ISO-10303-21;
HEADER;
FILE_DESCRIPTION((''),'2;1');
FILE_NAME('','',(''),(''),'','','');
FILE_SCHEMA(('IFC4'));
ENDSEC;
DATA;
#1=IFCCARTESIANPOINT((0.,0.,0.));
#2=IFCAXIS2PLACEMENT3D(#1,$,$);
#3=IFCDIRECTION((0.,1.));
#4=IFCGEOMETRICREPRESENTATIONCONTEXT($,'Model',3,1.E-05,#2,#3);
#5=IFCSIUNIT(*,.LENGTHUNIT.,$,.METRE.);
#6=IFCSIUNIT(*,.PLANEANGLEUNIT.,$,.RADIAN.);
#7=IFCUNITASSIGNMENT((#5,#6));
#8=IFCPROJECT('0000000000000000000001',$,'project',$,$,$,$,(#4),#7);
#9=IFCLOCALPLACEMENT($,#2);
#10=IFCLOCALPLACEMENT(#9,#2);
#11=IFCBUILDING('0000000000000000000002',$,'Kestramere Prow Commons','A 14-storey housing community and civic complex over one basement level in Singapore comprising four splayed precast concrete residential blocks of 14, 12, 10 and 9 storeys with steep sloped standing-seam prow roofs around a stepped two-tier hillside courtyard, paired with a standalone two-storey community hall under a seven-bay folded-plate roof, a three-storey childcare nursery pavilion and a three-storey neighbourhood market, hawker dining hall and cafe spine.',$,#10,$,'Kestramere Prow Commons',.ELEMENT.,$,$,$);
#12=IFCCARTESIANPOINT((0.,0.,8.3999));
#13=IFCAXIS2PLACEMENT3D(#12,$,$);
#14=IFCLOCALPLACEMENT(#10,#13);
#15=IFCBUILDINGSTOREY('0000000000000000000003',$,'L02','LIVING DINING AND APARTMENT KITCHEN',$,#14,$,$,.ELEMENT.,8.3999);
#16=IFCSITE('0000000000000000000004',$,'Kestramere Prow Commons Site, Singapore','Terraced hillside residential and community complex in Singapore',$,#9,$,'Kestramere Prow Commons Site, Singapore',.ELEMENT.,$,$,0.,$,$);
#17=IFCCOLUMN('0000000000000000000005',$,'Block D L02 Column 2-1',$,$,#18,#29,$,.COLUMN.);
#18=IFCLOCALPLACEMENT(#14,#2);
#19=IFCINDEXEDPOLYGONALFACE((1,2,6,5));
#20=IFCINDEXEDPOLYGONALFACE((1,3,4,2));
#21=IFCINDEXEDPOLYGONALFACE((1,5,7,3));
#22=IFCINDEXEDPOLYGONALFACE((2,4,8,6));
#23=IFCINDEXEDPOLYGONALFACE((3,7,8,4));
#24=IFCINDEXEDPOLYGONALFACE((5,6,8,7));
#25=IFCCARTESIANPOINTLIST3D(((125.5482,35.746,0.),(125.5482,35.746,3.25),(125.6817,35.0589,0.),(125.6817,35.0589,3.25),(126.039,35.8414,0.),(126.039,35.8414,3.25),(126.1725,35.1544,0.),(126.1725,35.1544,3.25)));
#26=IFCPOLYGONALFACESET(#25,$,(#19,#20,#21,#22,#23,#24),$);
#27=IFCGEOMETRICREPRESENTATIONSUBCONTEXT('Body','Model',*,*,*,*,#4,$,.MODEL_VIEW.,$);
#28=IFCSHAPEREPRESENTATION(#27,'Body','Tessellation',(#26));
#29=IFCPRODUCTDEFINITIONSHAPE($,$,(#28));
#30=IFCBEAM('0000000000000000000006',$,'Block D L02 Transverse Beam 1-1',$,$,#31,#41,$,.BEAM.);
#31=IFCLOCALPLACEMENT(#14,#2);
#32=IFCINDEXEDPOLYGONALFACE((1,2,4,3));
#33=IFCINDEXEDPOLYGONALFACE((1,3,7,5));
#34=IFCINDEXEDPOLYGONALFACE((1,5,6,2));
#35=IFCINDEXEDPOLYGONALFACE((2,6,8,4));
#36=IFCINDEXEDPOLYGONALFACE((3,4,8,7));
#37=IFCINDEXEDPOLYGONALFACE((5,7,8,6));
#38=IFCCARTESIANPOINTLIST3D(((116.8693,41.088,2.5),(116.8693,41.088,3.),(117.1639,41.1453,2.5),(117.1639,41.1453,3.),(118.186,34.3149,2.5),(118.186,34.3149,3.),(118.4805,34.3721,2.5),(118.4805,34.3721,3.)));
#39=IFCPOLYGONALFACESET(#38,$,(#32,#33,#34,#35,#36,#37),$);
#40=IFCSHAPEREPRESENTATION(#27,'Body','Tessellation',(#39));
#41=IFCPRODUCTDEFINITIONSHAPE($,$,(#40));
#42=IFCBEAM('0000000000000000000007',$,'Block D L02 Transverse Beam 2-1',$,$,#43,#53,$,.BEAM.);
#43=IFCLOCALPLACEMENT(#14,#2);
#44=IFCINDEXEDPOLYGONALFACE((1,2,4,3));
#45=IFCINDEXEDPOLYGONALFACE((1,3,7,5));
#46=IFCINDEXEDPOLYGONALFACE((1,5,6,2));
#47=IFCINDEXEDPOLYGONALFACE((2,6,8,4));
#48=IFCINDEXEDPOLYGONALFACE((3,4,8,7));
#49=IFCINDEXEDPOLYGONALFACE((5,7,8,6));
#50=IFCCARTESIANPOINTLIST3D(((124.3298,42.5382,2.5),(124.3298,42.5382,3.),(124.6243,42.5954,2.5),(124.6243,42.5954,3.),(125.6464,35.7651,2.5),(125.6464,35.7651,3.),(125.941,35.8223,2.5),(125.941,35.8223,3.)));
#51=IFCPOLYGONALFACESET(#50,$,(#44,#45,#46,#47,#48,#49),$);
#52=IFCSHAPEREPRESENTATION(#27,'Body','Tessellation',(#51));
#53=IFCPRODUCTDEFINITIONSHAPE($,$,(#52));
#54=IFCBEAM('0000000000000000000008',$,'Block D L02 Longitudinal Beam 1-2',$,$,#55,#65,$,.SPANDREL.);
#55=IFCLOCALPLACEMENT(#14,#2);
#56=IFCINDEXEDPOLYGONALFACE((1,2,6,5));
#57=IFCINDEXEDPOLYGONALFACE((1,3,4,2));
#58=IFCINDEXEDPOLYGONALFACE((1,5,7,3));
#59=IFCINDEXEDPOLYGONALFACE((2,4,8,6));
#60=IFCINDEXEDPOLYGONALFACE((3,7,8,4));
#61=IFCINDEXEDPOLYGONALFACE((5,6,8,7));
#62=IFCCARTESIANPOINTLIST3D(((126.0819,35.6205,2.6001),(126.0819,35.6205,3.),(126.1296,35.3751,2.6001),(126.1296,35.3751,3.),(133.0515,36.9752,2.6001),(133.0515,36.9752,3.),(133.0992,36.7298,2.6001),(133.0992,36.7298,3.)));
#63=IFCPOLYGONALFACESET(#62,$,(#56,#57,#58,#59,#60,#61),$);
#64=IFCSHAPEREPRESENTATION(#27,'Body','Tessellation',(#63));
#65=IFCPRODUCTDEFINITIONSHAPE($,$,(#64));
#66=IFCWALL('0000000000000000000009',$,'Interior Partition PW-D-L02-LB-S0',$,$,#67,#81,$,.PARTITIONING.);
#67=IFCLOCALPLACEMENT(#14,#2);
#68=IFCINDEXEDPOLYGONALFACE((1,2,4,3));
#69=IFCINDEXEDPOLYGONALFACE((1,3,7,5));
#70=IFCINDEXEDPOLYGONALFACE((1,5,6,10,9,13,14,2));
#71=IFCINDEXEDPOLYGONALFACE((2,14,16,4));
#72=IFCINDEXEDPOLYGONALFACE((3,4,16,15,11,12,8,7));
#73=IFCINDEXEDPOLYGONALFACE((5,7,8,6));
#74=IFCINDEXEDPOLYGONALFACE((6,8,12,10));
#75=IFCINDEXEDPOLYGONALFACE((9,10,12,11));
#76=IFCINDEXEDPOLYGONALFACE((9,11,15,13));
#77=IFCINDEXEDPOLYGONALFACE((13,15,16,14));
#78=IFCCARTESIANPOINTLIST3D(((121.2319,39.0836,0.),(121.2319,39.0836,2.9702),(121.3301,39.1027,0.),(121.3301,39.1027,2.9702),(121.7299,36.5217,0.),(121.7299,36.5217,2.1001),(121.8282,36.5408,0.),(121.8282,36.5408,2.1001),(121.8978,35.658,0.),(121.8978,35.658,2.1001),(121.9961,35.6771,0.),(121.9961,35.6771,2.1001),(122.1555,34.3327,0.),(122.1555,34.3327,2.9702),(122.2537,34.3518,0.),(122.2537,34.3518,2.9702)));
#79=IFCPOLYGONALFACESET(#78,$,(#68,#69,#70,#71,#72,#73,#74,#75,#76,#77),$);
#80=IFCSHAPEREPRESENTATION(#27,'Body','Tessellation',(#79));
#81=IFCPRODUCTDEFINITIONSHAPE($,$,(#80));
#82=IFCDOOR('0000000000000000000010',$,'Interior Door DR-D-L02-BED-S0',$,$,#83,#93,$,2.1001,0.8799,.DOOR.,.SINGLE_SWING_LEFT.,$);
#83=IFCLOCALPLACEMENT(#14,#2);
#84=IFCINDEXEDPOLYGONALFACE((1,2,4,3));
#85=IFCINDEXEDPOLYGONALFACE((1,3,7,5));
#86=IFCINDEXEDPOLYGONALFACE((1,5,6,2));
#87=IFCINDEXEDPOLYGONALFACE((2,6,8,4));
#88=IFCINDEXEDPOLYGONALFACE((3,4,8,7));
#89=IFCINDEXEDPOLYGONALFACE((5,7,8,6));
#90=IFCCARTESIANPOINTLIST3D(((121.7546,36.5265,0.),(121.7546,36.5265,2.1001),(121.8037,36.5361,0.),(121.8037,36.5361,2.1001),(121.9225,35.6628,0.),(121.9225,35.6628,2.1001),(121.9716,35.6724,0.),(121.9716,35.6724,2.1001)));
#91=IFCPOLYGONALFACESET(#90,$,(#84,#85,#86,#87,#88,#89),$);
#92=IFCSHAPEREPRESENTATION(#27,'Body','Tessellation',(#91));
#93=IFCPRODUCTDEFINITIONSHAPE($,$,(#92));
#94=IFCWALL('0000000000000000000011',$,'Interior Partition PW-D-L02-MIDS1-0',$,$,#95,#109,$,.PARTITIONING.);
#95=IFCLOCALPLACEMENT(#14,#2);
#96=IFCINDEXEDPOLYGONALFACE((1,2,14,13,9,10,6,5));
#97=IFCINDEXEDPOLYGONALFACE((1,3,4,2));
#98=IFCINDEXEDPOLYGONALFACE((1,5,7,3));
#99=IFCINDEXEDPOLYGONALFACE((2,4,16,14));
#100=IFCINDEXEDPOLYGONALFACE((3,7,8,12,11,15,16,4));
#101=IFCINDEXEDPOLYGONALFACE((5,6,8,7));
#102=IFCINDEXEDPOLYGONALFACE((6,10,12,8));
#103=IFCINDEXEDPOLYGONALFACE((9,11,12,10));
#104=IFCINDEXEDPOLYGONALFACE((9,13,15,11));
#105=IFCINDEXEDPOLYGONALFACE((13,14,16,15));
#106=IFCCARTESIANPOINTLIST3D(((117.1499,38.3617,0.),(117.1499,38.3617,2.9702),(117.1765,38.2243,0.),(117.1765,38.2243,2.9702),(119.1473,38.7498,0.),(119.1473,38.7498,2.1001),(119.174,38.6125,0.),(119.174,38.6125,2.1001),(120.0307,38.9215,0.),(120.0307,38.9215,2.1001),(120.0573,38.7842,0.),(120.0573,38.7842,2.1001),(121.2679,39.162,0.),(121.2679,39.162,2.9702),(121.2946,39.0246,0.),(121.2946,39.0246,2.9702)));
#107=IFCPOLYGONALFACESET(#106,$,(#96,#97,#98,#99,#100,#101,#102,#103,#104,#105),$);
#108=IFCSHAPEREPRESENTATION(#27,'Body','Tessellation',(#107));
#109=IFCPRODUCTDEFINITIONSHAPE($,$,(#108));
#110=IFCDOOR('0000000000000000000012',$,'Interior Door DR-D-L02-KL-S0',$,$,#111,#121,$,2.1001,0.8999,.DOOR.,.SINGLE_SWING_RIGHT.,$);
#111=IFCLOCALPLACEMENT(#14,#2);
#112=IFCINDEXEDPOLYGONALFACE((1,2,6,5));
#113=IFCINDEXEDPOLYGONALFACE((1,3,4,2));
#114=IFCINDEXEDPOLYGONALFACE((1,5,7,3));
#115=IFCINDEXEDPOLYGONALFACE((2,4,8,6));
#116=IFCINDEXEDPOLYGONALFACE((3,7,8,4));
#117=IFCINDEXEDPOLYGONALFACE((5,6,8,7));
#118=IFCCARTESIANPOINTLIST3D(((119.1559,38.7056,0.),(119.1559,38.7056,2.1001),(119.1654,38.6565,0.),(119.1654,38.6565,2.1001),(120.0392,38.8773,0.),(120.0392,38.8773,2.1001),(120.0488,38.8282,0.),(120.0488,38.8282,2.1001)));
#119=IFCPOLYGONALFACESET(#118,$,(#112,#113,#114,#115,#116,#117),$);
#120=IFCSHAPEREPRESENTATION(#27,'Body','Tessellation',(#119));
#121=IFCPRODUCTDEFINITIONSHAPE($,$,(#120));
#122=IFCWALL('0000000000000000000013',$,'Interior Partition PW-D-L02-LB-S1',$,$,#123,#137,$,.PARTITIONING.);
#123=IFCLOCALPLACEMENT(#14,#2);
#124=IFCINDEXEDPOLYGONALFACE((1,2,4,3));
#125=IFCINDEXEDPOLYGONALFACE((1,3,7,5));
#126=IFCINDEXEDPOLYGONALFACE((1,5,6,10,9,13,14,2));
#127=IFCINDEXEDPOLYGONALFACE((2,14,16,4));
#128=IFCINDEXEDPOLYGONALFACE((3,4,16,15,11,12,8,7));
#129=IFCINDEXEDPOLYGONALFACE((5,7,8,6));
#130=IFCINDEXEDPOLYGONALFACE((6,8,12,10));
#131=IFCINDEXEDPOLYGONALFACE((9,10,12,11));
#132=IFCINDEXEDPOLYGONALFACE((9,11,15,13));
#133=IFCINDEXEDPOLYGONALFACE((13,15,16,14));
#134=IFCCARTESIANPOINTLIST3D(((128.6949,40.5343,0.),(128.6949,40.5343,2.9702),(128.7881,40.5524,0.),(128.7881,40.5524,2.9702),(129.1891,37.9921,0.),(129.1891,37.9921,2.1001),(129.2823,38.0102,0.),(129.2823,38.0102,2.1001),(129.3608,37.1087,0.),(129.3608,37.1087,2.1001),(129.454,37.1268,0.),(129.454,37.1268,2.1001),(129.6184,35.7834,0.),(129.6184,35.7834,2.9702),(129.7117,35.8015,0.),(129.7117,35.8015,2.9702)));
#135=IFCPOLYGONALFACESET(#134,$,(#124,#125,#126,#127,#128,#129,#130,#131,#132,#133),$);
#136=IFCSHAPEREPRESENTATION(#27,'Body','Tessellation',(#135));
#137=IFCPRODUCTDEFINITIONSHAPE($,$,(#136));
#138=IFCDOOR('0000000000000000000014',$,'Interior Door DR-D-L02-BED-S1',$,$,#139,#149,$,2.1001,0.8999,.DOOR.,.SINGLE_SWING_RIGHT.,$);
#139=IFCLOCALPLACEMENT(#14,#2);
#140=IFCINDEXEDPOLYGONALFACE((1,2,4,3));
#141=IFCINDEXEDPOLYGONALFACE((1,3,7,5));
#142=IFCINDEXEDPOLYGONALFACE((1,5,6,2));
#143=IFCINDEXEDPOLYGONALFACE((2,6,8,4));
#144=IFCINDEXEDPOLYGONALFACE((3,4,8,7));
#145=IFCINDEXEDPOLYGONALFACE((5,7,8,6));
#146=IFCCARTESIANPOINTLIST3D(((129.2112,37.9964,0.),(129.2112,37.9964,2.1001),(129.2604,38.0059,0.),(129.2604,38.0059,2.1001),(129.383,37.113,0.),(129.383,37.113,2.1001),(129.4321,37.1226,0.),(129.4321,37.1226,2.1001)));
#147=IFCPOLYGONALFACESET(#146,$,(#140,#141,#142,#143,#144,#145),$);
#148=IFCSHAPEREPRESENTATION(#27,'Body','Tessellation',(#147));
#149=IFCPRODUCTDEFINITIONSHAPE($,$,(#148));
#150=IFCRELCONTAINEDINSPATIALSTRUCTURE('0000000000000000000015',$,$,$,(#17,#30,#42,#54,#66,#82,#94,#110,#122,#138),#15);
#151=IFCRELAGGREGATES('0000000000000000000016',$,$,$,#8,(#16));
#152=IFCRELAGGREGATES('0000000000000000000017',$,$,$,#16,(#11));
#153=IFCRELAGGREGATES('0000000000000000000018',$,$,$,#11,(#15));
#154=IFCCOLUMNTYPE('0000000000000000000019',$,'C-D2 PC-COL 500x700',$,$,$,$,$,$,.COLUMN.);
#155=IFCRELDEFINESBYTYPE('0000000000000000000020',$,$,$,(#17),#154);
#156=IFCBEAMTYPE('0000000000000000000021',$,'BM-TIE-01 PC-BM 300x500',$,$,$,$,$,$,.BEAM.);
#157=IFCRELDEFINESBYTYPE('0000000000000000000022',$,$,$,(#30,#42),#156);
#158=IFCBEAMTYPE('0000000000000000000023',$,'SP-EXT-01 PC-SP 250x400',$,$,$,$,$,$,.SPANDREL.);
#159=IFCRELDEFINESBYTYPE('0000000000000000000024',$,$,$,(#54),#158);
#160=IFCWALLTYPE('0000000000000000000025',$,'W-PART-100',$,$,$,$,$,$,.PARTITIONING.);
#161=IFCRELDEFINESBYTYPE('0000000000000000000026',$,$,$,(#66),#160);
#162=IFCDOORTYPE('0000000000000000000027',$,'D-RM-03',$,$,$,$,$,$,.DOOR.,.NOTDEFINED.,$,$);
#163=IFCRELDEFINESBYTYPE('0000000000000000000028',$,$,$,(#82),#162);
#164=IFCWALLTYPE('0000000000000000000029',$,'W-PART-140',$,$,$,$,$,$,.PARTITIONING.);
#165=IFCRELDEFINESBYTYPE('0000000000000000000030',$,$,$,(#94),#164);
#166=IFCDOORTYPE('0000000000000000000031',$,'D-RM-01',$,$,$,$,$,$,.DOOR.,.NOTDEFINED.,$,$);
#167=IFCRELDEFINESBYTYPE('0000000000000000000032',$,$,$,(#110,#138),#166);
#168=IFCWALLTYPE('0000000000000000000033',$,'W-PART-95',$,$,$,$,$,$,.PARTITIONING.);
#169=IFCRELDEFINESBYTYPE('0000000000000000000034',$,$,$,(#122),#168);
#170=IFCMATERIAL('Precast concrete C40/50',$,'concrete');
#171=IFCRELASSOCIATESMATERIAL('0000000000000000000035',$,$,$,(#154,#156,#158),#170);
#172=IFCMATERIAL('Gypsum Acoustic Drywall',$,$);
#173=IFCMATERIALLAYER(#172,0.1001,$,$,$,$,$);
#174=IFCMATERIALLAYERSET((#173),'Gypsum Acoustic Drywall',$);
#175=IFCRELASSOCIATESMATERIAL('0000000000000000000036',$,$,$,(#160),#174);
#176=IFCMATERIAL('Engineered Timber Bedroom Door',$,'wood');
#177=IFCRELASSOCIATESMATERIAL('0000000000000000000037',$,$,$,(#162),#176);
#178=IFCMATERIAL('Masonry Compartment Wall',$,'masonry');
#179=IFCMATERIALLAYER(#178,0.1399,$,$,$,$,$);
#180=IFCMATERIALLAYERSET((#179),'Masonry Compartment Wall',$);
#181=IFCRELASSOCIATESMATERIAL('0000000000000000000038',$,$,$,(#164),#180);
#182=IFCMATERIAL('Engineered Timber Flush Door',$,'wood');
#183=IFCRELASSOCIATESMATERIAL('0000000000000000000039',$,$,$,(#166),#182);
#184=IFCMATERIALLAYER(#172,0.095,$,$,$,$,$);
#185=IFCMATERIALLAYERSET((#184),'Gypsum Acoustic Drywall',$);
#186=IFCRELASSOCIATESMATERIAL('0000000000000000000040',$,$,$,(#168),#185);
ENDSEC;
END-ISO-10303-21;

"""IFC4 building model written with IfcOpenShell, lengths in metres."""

from ifc_helpers import new_model, si_unit, direction, frame, frame_2d, origin, origin_2d, place, context, subcontext, project, spatial, rectangle, extrude, material, layer, layer_set, material_profile, profile_set, type_object, element, fill, save


model = new_model("IFC4")

# Units and contexts
model_context = context("Model", 3, precision=1e-05, world=origin(), true_north=direction((0.0, 1.0)))
body_context = subcontext(model_context, "Body", "Model", "MODEL_VIEW")
ifc_project = project(units=[si_unit("LENGTHUNIT", "METRE"), si_unit("PLANEANGLEUNIT", "RADIAN")], contexts=[model_context])

# Site, building, storey
site_placement = place(None, origin())
site = spatial("IfcSite", under=ifc_project, at=site_placement, Name="Kestramere Prow Commons Site, Singapore", Description="Terraced hillside residential and community complex in Singapore", LongName="Kestramere Prow Commons Site, Singapore", CompositionType="ELEMENT", RefElevation=0.0)
building_placement = place(site_placement, origin())
building = spatial("IfcBuilding", under=site, at=building_placement, Name="Kestramere Prow Commons", Description="A 14-storey housing community and civic complex over one basement level in Singapore comprising four splayed precast concrete residential blocks of 14, 12, 10 and 9 storeys with steep sloped standing-seam prow roofs around a stepped two-tier hillside courtyard, paired with a standalone two-storey community hall under a seven-bay folded-plate roof, a three-storey childcare nursery pavilion and a three-storey neighbourhood market, hawker dining hall and cafe spine.", LongName="Kestramere Prow Commons", CompositionType="ELEMENT")
storey_placement = place(building_placement, frame((0.0, 0.0, 8.3999)))
storey = spatial("IfcBuildingStorey", under=building, at=storey_placement, Name="L02", Description="LIVING DINING AND APARTMENT KITCHEN", CompositionType="ELEMENT", Elevation=8.3999)

# Column
ifc_material_1 = material(Name="Precast concrete C40/50", Category="concrete")
ifc_material_profile_1 = material_profile(ifc_material_1, rectangle(XDim=0.5, YDim=0.7, at=origin_2d()), Name="PC-COL 500x700")
ifc_profile_set_1 = profile_set([ifc_material_profile_1], Name="Precast concrete C40/50")
column_type = type_object("IfcColumnType", Name="C-D2 PC-COL 500x700", PredefinedType="COLUMN", material=ifc_profile_set_1)
column_placement = place(storey_placement, frame((125.8604, 35.4502, 0.0), z_axis=(0.0, 0.0, 1.0), x_axis=(0.981627, 0.190809, 0.0)))
element("IfcColumn", 1, at=column_placement, inside=storey, type_object=column_type, Name="Block D L02 Column 2-1", PredefinedType="COLUMN", context=body_context, shape_type="SweptSolid", body=[
    extrude(rectangle(XDim=0.5, YDim=0.7, at=origin_2d()), origin(), (0.0, 0.0, 1.0), 3.25),
])

# Beams
ifc_material_profile_2 = material_profile(ifc_material_1, rectangle(XDim=0.3, YDim=0.5, at=origin_2d()), Name="PC-BM 300x500")
ifc_profile_set_2 = profile_set([ifc_material_profile_2], Name="Precast concrete C40/50")
beam_type_1 = type_object("IfcBeamType", Name="BM-TIE-01 PC-BM 300x500", PredefinedType="BEAM", material=ifc_profile_set_2)
for number, where, z_axis, x_axis, name in (
    (2, (118.3333, 34.3435, 2.75), (-0.190819, 0.981625, 0.0), (-0.981625, -0.190819, 0.0), "Block D L02 Transverse Beam 1-1"),
    (3, (125.7937, 35.7937, 2.75), (-0.190819, 0.981625, 0.0), (-0.981625, -0.190819, 0.0), "Block D L02 Transverse Beam 2-1"),
):
    element("IfcBeam", number, at=place(storey_placement, frame(where, z_axis=z_axis, x_axis=x_axis)), inside=storey, type_object=beam_type_1, Name=name, PredefinedType="BEAM", context=body_context, shape_type="SweptSolid", body=[
        extrude(rectangle(XDim=0.3, YDim=0.5, at=origin_2d()), origin(), (0.0, 0.0, 1.0), 6.8999),
    ])
ifc_material_profile_3 = material_profile(ifc_material_1, rectangle(XDim=0.25, YDim=0.3999, at=origin_2d()), Name="PC-SP 250x400")
ifc_profile_set_3 = profile_set([ifc_material_profile_3], Name="Precast concrete C40/50")
beam_type_2 = type_object("IfcBeamType", Name="SP-EXT-01 PC-SP 250x400", PredefinedType="SPANDREL", material=ifc_profile_set_3)
beam_placement = place(storey_placement, frame((126.1057, 35.4978, 2.8), z_axis=(0.981628, 0.190803, 0.0), x_axis=(-0.190803, 0.981628, 0.0)))
element("IfcBeam", 4, at=beam_placement, inside=storey, type_object=beam_type_2, Name="Block D L02 Longitudinal Beam 1-2", PredefinedType="SPANDREL", context=body_context, shape_type="SweptSolid", body=[
    extrude(rectangle(XDim=0.25, YDim=0.3999, at=origin_2d()), origin(), (0.0, 0.0, 1.0), 7.1001),
])

# Walls, openings, doors
ifc_material_2 = material(Name="Gypsum Acoustic Drywall")
ifc_layer_1 = layer(ifc_material_2, 0.1001)
ifc_layer_set_1 = layer_set([ifc_layer_1], Name="Gypsum Acoustic Drywall")
wall_type_1 = type_object("IfcWallType", Name="W-PART-100", PredefinedType="PARTITIONING", material=ifc_layer_set_1)
wall_1_placement = place(storey_placement, frame((122.2046, 34.3423, 0.0), z_axis=(0.0, 0.0, 1.0), x_axis=(-0.190826, 0.981624, 0.0)))
wall_1 = element("IfcWall", 5, at=wall_1_placement, inside=storey, type_object=wall_type_1, Name="Interior Partition PW-D-L02-LB-S0", PredefinedType="PARTITIONING", context=body_context, shape_type="SweptSolid", body=[
    extrude(rectangle(XDim=4.8398, YDim=0.1001, at=frame_2d((2.4199, 0.0))), origin(), (0.0, 0.0, 1.0), 2.9702),
])
opening_1_placement = place(wall_1_placement, frame((1.3501, 0.0, 0.0)))
opening_1 = element("IfcOpeningElement", 6, at=opening_1_placement, cuts=wall_1, PredefinedType="OPENING", context=body_context, shape_type="SweptSolid", body=[
    extrude(rectangle(XDim=0.8799, YDim=2.1001, at=frame_2d((0.4399, 1.05))), frame((0.0, 0.0649, 0.0), z_axis=(0.0, -1.0, 0.0), x_axis=(1.0, 0.0, 0.0)), (0.0, 0.0, 1.0), 0.1301),
])
ifc_material_3 = material(Name="Engineered Timber Bedroom Door", Category="wood")
door_type_1 = type_object("IfcDoorType", Name="D-RM-03", OperationType="NOTDEFINED", PredefinedType="DOOR", material=ifc_material_3)
door_1_placement = place(opening_1_placement, origin())
door_1 = element("IfcDoor", 7, at=door_1_placement, inside=storey, type_object=door_type_1, Name="Interior Door DR-D-L02-BED-S0", OperationType="SINGLE_SWING_LEFT", OverallHeight=2.1001, OverallWidth=0.8799, PredefinedType="DOOR", context=body_context, shape_type="SweptSolid", body=[
    extrude(rectangle(XDim=0.8799, YDim=2.1001, at=frame_2d((0.4399, 1.05))), frame((0.0, 0.0249, 0.0), z_axis=(0.0, -1.0, 0.0), x_axis=(1.0, 0.0, 0.0)), (0.0, 0.0, 1.0), 0.05),
])
fill(opening_1, door_1)
ifc_material_4 = material(Name="Masonry Compartment Wall", Category="masonry")
ifc_layer_2 = layer(ifc_material_4, 0.1399)
ifc_layer_set_2 = layer_set([ifc_layer_2], Name="Masonry Compartment Wall")
wall_type_2 = type_object("IfcWallType", Name="W-PART-140", PredefinedType="PARTITIONING", material=ifc_layer_set_2)
wall_2_placement = place(storey_placement, frame((117.1631, 38.293, 0.0), z_axis=(0.0, 0.0, 1.0), x_axis=(0.981634, 0.190775, 0.0)))
wall_2 = element("IfcWall", 8, at=wall_2_placement, inside=storey, type_object=wall_type_2, Name="Interior Partition PW-D-L02-MIDS1-0", PredefinedType="PARTITIONING", context=body_context, shape_type="SweptSolid", body=[
    extrude(rectangle(XDim=4.1951, YDim=0.1399, at=frame_2d((2.0977, 0.0))), origin(), (0.0, 0.0, 1.0), 2.9702),
])
opening_2_placement = place(wall_2_placement, frame((2.0349, 0.0, 0.0)))
opening_2 = element("IfcOpeningElement", 9, at=opening_2_placement, cuts=wall_2, PredefinedType="OPENING", context=body_context, shape_type="SweptSolid", body=[
    extrude(rectangle(XDim=0.8999, YDim=2.1001, at=frame_2d((0.45, 1.05))), frame((0.0, 0.085, 0.0), z_axis=(0.0, -1.0, 0.0), x_axis=(1.0, 0.0, 0.0)), (0.0, 0.0, 1.0), 0.1699),
])
ifc_material_5 = material(Name="Engineered Timber Flush Door", Category="wood")
door_type_2 = type_object("IfcDoorType", Name="D-RM-01", OperationType="NOTDEFINED", PredefinedType="DOOR", material=ifc_material_5)
door_2_placement = place(opening_2_placement, origin())
door_2 = element("IfcDoor", 10, at=door_2_placement, inside=storey, type_object=door_type_2, Name="Interior Door DR-D-L02-KL-S0", OperationType="SINGLE_SWING_RIGHT", OverallHeight=2.1001, OverallWidth=0.8999, PredefinedType="DOOR", context=body_context, shape_type="SweptSolid", body=[
    extrude(rectangle(XDim=0.8999, YDim=2.1001, at=frame_2d((0.45, 1.05))), frame((0.0, 0.0249, 0.0), z_axis=(0.0, -1.0, 0.0), x_axis=(1.0, 0.0, 0.0)), (0.0, 0.0, 1.0), 0.05),
])
fill(opening_2, door_2)
ifc_layer_3 = layer(ifc_material_2, 0.095)
ifc_layer_set_3 = layer_set([ifc_layer_3], Name="Gypsum Acoustic Drywall")
wall_type_3 = type_object("IfcWallType", Name="W-PART-95", PredefinedType="PARTITIONING", material=ifc_layer_set_3)
wall_3_placement = place(storey_placement, frame((129.665, 35.7925, 0.0), z_axis=(0.0, 0.0, 1.0), x_axis=(-0.190826, 0.981624, 0.0)))
wall_3 = element("IfcWall", 11, at=wall_3_placement, inside=storey, type_object=wall_type_3, Name="Interior Partition PW-D-L02-LB-S1", PredefinedType="PARTITIONING", context=body_context, shape_type="SweptSolid", body=[
    extrude(rectangle(XDim=4.8398, YDim=0.095, at=frame_2d((2.4199, 0.0))), origin(), (0.0, 0.0, 1.0), 2.9702),
])
opening_3_placement = place(wall_3_placement, frame((1.3501, 0.0, 0.0)))
opening_3 = element("IfcOpeningElement", 12, at=opening_3_placement, cuts=wall_3, PredefinedType="OPENING", context=body_context, shape_type="SweptSolid", body=[
    extrude(rectangle(XDim=0.8999, YDim=2.1001, at=frame_2d((0.45, 1.05))), frame((0.0, 0.0625, 0.0), z_axis=(0.0, -1.0, 0.0), x_axis=(1.0, 0.0, 0.0)), (0.0, 0.0, 1.0), 0.125),
])
door_3_placement = place(opening_3_placement, origin())
door_3 = element("IfcDoor", 13, at=door_3_placement, inside=storey, type_object=door_type_2, Name="Interior Door DR-D-L02-BED-S1", OperationType="SINGLE_SWING_RIGHT", OverallHeight=2.1001, OverallWidth=0.8999, PredefinedType="DOOR", context=body_context, shape_type="SweptSolid", body=[
    extrude(rectangle(XDim=0.8999, YDim=2.1001, at=frame_2d((0.45, 1.05))), frame((0.0, 0.0249, 0.0), z_axis=(0.0, -1.0, 0.0), x_axis=(1.0, 0.0, 0.0)), (0.0, 0.0, 1.0), 0.05),
])
fill(opening_3, door_3)

save(model, "model.ifc")
